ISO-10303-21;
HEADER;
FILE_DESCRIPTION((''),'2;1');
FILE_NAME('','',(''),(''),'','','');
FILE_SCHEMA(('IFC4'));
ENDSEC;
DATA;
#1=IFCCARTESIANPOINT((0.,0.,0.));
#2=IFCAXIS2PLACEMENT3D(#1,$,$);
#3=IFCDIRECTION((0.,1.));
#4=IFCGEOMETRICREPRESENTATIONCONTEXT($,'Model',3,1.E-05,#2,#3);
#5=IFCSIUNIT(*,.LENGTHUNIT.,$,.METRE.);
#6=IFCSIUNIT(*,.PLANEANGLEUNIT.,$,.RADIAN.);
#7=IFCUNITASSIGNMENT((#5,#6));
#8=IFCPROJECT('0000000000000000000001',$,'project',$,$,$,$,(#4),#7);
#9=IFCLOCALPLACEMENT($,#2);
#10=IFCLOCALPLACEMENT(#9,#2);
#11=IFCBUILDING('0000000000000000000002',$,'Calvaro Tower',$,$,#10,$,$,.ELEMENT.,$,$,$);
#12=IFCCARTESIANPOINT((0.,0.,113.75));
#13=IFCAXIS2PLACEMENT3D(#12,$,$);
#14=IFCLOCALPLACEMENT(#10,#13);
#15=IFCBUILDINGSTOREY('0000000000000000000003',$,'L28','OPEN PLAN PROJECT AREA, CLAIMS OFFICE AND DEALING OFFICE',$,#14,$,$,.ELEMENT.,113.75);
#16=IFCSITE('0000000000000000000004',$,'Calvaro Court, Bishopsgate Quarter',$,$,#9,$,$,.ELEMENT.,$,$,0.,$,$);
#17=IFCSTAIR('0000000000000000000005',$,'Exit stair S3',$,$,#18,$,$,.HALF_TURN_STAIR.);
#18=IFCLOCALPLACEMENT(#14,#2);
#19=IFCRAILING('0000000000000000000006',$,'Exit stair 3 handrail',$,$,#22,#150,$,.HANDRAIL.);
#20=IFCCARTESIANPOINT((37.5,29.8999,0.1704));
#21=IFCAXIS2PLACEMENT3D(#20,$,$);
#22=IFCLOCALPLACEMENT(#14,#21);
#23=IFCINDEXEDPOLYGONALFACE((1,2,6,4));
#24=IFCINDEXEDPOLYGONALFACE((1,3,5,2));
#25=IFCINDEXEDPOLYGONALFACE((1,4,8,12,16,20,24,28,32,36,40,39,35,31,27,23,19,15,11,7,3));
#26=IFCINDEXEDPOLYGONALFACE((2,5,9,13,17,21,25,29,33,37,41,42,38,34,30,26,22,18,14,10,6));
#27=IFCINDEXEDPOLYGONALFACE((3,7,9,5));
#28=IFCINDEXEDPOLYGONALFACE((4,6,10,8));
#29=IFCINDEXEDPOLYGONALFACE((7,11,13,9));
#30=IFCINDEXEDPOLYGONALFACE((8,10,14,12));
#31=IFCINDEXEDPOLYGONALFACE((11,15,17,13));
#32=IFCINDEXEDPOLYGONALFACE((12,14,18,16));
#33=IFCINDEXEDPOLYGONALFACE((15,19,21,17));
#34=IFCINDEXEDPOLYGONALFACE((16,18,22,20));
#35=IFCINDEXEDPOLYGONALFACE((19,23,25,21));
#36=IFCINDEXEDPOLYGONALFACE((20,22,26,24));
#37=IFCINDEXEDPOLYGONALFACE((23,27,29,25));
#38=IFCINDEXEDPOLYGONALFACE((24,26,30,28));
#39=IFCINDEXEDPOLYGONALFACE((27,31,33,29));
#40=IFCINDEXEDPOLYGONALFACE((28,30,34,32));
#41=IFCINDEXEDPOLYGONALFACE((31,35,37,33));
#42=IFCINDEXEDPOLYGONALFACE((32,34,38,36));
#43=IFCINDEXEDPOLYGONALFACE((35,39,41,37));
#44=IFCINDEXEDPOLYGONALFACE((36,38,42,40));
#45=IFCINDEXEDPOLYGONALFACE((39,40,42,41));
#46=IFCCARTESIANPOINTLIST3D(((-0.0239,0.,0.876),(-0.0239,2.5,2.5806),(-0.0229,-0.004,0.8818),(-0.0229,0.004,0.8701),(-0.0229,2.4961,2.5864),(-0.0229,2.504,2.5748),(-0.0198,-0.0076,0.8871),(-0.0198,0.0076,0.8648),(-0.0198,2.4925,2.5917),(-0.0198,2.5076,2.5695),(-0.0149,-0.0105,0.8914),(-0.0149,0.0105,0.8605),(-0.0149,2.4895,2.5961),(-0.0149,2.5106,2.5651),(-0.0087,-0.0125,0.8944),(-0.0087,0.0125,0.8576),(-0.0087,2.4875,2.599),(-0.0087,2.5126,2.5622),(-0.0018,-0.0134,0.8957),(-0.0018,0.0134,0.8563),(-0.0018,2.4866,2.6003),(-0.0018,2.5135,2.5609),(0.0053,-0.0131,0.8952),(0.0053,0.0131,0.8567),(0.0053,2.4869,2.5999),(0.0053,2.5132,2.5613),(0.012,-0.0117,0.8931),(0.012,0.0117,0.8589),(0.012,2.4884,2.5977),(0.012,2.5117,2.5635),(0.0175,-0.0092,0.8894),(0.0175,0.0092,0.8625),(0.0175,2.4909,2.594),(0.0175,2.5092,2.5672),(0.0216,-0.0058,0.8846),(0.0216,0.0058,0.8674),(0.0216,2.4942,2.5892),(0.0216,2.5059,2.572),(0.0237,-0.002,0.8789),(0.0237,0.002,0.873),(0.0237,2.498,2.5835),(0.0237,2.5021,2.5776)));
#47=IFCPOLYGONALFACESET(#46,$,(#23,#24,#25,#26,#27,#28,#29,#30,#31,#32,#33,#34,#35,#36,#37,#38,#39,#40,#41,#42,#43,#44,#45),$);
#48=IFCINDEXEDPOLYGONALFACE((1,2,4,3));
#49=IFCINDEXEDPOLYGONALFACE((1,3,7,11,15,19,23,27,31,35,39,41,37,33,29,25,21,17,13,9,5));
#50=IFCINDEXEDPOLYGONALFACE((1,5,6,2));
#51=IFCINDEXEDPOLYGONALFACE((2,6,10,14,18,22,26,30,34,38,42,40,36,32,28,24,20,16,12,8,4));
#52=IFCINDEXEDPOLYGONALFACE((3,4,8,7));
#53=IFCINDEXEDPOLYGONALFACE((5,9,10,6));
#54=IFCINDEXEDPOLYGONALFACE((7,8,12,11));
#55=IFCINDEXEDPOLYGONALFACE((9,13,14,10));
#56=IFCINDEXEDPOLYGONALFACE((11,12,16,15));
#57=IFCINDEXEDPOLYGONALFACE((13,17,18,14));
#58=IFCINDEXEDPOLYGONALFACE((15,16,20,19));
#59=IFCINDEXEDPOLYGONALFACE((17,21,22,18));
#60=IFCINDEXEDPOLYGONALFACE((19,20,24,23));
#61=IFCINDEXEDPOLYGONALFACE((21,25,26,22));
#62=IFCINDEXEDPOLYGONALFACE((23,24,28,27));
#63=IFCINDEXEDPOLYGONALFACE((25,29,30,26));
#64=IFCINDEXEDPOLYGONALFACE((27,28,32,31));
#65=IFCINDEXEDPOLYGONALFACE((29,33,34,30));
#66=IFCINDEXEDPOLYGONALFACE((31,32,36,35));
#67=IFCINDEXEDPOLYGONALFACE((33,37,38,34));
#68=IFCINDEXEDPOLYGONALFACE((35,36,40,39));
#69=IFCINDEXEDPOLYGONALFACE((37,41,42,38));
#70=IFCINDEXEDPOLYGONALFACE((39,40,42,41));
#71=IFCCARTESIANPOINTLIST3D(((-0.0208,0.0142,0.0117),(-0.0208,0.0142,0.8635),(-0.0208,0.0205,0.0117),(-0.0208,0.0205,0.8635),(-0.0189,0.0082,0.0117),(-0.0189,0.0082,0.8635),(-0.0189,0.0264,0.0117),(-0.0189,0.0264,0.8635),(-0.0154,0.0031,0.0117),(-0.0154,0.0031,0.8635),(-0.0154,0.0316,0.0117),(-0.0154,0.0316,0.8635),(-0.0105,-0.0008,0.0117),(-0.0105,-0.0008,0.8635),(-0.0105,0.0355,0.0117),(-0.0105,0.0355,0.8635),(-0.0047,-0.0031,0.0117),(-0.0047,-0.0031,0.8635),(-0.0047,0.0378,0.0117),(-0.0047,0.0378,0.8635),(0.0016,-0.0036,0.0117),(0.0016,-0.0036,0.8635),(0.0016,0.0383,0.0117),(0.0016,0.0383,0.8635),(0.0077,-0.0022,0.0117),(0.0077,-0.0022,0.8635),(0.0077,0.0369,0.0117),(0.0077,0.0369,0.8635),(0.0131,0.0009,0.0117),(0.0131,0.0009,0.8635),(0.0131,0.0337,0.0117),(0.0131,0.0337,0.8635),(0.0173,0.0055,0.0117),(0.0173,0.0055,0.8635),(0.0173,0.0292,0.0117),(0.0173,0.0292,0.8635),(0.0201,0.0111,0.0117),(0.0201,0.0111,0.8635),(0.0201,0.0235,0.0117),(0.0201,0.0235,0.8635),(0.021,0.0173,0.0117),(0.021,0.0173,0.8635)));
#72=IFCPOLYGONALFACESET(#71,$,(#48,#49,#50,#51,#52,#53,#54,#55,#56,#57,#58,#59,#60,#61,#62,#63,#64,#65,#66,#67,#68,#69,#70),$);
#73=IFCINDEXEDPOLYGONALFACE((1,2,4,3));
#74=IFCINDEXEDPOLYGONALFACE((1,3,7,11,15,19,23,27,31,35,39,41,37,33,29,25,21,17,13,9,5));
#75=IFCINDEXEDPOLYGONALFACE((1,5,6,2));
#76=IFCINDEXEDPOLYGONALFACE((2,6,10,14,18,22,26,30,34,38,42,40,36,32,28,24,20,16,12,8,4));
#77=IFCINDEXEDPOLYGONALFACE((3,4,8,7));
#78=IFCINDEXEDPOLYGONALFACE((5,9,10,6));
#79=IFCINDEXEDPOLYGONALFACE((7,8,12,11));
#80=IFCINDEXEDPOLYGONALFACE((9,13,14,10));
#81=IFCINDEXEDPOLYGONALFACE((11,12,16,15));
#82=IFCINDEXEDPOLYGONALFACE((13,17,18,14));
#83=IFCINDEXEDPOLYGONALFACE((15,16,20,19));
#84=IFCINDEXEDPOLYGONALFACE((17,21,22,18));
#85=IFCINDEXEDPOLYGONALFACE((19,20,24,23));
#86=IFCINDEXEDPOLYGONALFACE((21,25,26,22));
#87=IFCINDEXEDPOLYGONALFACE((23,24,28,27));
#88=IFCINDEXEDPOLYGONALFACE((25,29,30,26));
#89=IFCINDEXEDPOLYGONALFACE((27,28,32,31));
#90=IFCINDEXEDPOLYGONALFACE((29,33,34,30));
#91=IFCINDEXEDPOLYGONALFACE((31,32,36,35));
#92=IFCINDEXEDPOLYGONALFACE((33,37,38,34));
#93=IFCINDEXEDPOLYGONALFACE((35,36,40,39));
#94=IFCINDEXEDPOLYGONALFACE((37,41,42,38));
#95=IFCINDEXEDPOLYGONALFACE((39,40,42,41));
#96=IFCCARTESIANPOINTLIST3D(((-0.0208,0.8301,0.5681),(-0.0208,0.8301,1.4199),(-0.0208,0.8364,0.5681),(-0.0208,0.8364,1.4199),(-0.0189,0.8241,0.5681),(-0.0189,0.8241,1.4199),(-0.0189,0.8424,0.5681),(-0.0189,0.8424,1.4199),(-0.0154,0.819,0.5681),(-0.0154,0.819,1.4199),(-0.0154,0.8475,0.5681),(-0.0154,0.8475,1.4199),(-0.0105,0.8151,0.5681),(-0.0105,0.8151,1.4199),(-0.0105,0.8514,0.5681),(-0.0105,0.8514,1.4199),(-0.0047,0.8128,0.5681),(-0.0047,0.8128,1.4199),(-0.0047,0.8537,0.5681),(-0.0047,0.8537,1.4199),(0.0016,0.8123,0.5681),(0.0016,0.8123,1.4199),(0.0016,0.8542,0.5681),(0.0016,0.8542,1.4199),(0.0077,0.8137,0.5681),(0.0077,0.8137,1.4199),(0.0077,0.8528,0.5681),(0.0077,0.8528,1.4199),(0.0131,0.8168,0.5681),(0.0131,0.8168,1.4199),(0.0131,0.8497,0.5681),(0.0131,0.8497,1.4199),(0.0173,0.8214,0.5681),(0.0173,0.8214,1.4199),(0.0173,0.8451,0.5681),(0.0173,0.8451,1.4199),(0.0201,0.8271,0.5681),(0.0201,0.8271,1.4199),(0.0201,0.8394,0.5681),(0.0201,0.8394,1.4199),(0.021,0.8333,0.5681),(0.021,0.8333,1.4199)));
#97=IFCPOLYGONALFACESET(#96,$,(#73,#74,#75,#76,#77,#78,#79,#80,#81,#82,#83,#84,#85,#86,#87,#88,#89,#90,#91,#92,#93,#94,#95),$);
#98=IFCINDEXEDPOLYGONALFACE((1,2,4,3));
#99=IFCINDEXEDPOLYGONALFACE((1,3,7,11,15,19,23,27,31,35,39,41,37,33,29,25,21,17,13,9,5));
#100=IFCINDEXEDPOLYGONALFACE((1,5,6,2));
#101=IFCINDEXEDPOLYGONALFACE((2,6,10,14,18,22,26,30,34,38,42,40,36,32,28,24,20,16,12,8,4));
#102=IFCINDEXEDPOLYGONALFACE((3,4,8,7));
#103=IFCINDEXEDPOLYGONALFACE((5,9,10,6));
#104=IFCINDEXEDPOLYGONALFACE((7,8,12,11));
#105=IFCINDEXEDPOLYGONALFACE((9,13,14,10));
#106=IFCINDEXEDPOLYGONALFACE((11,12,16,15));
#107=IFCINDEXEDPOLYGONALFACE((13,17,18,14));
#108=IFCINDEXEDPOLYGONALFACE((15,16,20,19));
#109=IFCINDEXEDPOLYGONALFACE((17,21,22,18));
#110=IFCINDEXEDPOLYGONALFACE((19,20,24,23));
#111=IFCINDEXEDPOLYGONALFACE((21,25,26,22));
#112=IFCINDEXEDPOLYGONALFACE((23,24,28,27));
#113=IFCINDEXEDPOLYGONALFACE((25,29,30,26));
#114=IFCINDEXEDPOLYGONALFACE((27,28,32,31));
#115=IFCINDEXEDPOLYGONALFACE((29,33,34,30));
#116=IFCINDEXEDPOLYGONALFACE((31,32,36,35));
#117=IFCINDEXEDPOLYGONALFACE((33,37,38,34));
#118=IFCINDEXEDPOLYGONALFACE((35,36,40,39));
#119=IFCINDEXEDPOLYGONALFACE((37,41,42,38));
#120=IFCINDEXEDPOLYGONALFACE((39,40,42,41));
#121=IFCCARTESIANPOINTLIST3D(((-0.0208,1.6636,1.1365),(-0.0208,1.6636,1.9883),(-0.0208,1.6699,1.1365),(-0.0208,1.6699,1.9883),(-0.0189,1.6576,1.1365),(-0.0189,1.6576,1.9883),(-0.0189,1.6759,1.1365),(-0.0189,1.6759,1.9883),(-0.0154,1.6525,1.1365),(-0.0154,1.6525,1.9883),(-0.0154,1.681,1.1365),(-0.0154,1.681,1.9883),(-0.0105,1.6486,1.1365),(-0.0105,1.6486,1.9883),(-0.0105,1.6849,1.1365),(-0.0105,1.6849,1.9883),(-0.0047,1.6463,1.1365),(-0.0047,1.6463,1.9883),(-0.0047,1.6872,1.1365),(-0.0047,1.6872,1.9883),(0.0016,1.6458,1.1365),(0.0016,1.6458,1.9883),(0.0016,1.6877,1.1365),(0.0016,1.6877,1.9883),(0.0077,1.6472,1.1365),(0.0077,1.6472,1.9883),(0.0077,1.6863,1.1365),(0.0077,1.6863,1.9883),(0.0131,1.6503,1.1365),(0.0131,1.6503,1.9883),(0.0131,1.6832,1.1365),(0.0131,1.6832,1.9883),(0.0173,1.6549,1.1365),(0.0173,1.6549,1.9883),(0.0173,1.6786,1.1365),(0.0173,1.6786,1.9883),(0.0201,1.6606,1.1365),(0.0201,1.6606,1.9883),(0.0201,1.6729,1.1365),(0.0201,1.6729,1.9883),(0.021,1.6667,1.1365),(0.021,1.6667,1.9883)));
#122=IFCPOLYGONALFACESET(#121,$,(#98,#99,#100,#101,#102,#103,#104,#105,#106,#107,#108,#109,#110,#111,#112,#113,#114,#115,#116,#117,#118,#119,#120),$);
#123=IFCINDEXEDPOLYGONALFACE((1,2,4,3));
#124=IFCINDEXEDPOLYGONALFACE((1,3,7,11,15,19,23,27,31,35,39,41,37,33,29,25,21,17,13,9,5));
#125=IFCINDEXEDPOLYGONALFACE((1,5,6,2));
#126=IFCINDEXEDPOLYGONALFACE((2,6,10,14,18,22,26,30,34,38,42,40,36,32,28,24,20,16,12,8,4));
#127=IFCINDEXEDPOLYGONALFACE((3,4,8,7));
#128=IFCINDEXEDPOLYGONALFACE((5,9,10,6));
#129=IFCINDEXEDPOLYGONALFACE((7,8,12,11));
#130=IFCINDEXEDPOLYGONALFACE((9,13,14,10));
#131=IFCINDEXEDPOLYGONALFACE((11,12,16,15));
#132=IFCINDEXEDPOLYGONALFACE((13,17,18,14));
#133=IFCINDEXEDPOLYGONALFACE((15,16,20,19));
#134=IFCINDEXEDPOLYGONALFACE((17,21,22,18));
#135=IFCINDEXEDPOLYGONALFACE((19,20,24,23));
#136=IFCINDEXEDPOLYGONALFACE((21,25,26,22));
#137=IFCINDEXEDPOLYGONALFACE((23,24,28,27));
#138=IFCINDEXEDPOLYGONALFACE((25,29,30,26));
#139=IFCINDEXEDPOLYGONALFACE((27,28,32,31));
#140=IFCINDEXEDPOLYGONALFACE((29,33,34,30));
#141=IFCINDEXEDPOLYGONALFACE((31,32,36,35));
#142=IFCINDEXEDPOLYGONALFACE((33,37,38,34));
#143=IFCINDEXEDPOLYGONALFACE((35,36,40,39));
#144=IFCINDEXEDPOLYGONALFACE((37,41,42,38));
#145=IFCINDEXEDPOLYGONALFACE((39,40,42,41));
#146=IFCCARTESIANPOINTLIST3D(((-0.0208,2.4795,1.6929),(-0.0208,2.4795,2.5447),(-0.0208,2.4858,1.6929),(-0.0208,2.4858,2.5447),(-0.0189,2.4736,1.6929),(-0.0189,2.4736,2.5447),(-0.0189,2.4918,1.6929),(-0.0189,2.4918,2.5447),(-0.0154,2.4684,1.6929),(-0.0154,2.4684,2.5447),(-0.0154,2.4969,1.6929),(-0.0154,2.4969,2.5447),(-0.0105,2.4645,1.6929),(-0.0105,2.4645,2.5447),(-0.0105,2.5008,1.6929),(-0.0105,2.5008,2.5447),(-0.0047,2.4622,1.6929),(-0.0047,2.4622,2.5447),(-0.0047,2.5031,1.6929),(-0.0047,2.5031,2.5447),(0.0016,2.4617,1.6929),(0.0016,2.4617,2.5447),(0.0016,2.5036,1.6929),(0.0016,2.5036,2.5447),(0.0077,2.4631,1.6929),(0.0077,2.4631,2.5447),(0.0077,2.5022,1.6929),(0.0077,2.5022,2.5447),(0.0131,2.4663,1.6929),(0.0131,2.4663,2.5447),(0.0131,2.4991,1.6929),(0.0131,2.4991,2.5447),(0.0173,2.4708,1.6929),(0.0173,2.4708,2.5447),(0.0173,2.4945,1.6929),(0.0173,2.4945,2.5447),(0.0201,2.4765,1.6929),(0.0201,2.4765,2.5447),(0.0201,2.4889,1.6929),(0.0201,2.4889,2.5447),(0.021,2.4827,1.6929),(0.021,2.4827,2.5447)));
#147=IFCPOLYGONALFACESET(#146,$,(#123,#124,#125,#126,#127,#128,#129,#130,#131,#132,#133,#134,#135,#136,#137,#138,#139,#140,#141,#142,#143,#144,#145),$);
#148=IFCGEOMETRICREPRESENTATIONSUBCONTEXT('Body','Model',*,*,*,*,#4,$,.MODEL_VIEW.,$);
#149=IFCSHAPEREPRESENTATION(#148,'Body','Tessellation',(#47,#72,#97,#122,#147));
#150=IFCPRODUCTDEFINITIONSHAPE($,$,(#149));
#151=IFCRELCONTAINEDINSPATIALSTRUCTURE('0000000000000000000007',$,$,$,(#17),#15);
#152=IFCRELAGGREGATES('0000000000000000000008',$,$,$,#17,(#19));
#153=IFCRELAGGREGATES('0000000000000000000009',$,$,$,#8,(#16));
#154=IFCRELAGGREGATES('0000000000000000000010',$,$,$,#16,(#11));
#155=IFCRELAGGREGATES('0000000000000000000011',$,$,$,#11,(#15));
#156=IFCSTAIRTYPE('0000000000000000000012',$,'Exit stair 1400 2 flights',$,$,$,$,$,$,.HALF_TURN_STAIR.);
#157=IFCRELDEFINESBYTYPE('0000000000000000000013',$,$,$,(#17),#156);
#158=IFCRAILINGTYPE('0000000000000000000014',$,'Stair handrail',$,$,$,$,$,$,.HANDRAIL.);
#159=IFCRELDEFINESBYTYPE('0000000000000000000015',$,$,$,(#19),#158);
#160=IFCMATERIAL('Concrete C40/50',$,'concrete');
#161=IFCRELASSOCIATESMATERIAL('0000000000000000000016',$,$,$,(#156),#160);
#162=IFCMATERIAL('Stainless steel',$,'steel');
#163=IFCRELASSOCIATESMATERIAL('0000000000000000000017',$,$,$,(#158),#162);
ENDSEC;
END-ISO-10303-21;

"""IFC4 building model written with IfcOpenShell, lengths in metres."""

from ifc_helpers import new_model, si_unit, direction, frame, origin, origin_2d, place, context, subcontext, project, spatial, circle, extrude, material, type_object, element, aggregate, save


model = new_model("IFC4")

# Units and contexts
model_context = context("Model", 3, precision=1e-05, world=origin(), true_north=direction((0.0, 1.0)))
body_context = subcontext(model_context, "Body", "Model", "MODEL_VIEW")
ifc_project = project(units=[si_unit("LENGTHUNIT", "METRE"), si_unit("PLANEANGLEUNIT", "RADIAN")], contexts=[model_context])

# Site, building, storey
site_placement = place(None, origin())
site = spatial("IfcSite", under=ifc_project, at=site_placement, Name="Calvaro Court, Bishopsgate Quarter", CompositionType="ELEMENT", RefElevation=0.0)
building_placement = place(site_placement, origin())
building = spatial("IfcBuilding", under=site, at=building_placement, Name="Calvaro Tower", CompositionType="ELEMENT")
storey_placement = place(building_placement, frame((0.0, 0.0, 113.75)))
storey = spatial("IfcBuildingStorey", under=building, at=storey_placement, Name="L28", Description="OPEN PLAN PROJECT AREA, CLAIMS OFFICE AND DEALING OFFICE", CompositionType="ELEMENT", Elevation=113.75)

# Stair
ifc_material_1 = material(Name="Concrete C40/50", Category="concrete")
stair_type = type_object("IfcStairType", Name="Exit stair 1400 2 flights", PredefinedType="HALF_TURN_STAIR", material=ifc_material_1)
stair_1_placement = place(storey_placement, origin())
stair_1 = element("IfcStair", 1, at=stair_1_placement, inside=storey, type_object=stair_type, Name="Exit stair S3", PredefinedType="HALF_TURN_STAIR")

# Railing
ifc_material_2 = material(Name="Stainless steel", Category="steel")
railing_type = type_object("IfcRailingType", Name="Stair handrail", PredefinedType="HANDRAIL", material=ifc_material_2)
railing_1_placement = place(storey_placement, frame((37.5, 29.8999, 0.1704)))
railing_1 = element("IfcRailing", 2, at=railing_1_placement, type_object=railing_type, Name="Exit stair 3 handrail", PredefinedType="HANDRAIL", context=body_context, shape_type="SweptSolid", body=[
    extrude(circle(Radius=0.0239, at=origin_2d()), frame((0.0, 0.0, 0.876), z_axis=(0.0, 0.826221, 0.563347), x_axis=(-1.0, 0.0, 0.0)), (0.0, 0.0, 1.0), 3.0259),
    extrude(circle(Radius=0.021, at=origin_2d()), frame((0.0, 0.0173, 0.0117)), (0.0, 0.0, 1.0), 0.8518),
    extrude(circle(Radius=0.021, at=origin_2d()), frame((0.0, 0.8333, 0.5681)), (0.0, 0.0, 1.0), 0.8518),
    extrude(circle(Radius=0.021, at=origin_2d()), frame((0.0, 1.6667, 1.1365)), (0.0, 0.0, 1.0), 0.8518),
    extrude(circle(Radius=0.021, at=origin_2d()), frame((0.0, 2.4827, 1.6929)), (0.0, 0.0, 1.0), 0.8518),
])
aggregate(stair_1, [railing_1])

save(model, "model.ifc")
